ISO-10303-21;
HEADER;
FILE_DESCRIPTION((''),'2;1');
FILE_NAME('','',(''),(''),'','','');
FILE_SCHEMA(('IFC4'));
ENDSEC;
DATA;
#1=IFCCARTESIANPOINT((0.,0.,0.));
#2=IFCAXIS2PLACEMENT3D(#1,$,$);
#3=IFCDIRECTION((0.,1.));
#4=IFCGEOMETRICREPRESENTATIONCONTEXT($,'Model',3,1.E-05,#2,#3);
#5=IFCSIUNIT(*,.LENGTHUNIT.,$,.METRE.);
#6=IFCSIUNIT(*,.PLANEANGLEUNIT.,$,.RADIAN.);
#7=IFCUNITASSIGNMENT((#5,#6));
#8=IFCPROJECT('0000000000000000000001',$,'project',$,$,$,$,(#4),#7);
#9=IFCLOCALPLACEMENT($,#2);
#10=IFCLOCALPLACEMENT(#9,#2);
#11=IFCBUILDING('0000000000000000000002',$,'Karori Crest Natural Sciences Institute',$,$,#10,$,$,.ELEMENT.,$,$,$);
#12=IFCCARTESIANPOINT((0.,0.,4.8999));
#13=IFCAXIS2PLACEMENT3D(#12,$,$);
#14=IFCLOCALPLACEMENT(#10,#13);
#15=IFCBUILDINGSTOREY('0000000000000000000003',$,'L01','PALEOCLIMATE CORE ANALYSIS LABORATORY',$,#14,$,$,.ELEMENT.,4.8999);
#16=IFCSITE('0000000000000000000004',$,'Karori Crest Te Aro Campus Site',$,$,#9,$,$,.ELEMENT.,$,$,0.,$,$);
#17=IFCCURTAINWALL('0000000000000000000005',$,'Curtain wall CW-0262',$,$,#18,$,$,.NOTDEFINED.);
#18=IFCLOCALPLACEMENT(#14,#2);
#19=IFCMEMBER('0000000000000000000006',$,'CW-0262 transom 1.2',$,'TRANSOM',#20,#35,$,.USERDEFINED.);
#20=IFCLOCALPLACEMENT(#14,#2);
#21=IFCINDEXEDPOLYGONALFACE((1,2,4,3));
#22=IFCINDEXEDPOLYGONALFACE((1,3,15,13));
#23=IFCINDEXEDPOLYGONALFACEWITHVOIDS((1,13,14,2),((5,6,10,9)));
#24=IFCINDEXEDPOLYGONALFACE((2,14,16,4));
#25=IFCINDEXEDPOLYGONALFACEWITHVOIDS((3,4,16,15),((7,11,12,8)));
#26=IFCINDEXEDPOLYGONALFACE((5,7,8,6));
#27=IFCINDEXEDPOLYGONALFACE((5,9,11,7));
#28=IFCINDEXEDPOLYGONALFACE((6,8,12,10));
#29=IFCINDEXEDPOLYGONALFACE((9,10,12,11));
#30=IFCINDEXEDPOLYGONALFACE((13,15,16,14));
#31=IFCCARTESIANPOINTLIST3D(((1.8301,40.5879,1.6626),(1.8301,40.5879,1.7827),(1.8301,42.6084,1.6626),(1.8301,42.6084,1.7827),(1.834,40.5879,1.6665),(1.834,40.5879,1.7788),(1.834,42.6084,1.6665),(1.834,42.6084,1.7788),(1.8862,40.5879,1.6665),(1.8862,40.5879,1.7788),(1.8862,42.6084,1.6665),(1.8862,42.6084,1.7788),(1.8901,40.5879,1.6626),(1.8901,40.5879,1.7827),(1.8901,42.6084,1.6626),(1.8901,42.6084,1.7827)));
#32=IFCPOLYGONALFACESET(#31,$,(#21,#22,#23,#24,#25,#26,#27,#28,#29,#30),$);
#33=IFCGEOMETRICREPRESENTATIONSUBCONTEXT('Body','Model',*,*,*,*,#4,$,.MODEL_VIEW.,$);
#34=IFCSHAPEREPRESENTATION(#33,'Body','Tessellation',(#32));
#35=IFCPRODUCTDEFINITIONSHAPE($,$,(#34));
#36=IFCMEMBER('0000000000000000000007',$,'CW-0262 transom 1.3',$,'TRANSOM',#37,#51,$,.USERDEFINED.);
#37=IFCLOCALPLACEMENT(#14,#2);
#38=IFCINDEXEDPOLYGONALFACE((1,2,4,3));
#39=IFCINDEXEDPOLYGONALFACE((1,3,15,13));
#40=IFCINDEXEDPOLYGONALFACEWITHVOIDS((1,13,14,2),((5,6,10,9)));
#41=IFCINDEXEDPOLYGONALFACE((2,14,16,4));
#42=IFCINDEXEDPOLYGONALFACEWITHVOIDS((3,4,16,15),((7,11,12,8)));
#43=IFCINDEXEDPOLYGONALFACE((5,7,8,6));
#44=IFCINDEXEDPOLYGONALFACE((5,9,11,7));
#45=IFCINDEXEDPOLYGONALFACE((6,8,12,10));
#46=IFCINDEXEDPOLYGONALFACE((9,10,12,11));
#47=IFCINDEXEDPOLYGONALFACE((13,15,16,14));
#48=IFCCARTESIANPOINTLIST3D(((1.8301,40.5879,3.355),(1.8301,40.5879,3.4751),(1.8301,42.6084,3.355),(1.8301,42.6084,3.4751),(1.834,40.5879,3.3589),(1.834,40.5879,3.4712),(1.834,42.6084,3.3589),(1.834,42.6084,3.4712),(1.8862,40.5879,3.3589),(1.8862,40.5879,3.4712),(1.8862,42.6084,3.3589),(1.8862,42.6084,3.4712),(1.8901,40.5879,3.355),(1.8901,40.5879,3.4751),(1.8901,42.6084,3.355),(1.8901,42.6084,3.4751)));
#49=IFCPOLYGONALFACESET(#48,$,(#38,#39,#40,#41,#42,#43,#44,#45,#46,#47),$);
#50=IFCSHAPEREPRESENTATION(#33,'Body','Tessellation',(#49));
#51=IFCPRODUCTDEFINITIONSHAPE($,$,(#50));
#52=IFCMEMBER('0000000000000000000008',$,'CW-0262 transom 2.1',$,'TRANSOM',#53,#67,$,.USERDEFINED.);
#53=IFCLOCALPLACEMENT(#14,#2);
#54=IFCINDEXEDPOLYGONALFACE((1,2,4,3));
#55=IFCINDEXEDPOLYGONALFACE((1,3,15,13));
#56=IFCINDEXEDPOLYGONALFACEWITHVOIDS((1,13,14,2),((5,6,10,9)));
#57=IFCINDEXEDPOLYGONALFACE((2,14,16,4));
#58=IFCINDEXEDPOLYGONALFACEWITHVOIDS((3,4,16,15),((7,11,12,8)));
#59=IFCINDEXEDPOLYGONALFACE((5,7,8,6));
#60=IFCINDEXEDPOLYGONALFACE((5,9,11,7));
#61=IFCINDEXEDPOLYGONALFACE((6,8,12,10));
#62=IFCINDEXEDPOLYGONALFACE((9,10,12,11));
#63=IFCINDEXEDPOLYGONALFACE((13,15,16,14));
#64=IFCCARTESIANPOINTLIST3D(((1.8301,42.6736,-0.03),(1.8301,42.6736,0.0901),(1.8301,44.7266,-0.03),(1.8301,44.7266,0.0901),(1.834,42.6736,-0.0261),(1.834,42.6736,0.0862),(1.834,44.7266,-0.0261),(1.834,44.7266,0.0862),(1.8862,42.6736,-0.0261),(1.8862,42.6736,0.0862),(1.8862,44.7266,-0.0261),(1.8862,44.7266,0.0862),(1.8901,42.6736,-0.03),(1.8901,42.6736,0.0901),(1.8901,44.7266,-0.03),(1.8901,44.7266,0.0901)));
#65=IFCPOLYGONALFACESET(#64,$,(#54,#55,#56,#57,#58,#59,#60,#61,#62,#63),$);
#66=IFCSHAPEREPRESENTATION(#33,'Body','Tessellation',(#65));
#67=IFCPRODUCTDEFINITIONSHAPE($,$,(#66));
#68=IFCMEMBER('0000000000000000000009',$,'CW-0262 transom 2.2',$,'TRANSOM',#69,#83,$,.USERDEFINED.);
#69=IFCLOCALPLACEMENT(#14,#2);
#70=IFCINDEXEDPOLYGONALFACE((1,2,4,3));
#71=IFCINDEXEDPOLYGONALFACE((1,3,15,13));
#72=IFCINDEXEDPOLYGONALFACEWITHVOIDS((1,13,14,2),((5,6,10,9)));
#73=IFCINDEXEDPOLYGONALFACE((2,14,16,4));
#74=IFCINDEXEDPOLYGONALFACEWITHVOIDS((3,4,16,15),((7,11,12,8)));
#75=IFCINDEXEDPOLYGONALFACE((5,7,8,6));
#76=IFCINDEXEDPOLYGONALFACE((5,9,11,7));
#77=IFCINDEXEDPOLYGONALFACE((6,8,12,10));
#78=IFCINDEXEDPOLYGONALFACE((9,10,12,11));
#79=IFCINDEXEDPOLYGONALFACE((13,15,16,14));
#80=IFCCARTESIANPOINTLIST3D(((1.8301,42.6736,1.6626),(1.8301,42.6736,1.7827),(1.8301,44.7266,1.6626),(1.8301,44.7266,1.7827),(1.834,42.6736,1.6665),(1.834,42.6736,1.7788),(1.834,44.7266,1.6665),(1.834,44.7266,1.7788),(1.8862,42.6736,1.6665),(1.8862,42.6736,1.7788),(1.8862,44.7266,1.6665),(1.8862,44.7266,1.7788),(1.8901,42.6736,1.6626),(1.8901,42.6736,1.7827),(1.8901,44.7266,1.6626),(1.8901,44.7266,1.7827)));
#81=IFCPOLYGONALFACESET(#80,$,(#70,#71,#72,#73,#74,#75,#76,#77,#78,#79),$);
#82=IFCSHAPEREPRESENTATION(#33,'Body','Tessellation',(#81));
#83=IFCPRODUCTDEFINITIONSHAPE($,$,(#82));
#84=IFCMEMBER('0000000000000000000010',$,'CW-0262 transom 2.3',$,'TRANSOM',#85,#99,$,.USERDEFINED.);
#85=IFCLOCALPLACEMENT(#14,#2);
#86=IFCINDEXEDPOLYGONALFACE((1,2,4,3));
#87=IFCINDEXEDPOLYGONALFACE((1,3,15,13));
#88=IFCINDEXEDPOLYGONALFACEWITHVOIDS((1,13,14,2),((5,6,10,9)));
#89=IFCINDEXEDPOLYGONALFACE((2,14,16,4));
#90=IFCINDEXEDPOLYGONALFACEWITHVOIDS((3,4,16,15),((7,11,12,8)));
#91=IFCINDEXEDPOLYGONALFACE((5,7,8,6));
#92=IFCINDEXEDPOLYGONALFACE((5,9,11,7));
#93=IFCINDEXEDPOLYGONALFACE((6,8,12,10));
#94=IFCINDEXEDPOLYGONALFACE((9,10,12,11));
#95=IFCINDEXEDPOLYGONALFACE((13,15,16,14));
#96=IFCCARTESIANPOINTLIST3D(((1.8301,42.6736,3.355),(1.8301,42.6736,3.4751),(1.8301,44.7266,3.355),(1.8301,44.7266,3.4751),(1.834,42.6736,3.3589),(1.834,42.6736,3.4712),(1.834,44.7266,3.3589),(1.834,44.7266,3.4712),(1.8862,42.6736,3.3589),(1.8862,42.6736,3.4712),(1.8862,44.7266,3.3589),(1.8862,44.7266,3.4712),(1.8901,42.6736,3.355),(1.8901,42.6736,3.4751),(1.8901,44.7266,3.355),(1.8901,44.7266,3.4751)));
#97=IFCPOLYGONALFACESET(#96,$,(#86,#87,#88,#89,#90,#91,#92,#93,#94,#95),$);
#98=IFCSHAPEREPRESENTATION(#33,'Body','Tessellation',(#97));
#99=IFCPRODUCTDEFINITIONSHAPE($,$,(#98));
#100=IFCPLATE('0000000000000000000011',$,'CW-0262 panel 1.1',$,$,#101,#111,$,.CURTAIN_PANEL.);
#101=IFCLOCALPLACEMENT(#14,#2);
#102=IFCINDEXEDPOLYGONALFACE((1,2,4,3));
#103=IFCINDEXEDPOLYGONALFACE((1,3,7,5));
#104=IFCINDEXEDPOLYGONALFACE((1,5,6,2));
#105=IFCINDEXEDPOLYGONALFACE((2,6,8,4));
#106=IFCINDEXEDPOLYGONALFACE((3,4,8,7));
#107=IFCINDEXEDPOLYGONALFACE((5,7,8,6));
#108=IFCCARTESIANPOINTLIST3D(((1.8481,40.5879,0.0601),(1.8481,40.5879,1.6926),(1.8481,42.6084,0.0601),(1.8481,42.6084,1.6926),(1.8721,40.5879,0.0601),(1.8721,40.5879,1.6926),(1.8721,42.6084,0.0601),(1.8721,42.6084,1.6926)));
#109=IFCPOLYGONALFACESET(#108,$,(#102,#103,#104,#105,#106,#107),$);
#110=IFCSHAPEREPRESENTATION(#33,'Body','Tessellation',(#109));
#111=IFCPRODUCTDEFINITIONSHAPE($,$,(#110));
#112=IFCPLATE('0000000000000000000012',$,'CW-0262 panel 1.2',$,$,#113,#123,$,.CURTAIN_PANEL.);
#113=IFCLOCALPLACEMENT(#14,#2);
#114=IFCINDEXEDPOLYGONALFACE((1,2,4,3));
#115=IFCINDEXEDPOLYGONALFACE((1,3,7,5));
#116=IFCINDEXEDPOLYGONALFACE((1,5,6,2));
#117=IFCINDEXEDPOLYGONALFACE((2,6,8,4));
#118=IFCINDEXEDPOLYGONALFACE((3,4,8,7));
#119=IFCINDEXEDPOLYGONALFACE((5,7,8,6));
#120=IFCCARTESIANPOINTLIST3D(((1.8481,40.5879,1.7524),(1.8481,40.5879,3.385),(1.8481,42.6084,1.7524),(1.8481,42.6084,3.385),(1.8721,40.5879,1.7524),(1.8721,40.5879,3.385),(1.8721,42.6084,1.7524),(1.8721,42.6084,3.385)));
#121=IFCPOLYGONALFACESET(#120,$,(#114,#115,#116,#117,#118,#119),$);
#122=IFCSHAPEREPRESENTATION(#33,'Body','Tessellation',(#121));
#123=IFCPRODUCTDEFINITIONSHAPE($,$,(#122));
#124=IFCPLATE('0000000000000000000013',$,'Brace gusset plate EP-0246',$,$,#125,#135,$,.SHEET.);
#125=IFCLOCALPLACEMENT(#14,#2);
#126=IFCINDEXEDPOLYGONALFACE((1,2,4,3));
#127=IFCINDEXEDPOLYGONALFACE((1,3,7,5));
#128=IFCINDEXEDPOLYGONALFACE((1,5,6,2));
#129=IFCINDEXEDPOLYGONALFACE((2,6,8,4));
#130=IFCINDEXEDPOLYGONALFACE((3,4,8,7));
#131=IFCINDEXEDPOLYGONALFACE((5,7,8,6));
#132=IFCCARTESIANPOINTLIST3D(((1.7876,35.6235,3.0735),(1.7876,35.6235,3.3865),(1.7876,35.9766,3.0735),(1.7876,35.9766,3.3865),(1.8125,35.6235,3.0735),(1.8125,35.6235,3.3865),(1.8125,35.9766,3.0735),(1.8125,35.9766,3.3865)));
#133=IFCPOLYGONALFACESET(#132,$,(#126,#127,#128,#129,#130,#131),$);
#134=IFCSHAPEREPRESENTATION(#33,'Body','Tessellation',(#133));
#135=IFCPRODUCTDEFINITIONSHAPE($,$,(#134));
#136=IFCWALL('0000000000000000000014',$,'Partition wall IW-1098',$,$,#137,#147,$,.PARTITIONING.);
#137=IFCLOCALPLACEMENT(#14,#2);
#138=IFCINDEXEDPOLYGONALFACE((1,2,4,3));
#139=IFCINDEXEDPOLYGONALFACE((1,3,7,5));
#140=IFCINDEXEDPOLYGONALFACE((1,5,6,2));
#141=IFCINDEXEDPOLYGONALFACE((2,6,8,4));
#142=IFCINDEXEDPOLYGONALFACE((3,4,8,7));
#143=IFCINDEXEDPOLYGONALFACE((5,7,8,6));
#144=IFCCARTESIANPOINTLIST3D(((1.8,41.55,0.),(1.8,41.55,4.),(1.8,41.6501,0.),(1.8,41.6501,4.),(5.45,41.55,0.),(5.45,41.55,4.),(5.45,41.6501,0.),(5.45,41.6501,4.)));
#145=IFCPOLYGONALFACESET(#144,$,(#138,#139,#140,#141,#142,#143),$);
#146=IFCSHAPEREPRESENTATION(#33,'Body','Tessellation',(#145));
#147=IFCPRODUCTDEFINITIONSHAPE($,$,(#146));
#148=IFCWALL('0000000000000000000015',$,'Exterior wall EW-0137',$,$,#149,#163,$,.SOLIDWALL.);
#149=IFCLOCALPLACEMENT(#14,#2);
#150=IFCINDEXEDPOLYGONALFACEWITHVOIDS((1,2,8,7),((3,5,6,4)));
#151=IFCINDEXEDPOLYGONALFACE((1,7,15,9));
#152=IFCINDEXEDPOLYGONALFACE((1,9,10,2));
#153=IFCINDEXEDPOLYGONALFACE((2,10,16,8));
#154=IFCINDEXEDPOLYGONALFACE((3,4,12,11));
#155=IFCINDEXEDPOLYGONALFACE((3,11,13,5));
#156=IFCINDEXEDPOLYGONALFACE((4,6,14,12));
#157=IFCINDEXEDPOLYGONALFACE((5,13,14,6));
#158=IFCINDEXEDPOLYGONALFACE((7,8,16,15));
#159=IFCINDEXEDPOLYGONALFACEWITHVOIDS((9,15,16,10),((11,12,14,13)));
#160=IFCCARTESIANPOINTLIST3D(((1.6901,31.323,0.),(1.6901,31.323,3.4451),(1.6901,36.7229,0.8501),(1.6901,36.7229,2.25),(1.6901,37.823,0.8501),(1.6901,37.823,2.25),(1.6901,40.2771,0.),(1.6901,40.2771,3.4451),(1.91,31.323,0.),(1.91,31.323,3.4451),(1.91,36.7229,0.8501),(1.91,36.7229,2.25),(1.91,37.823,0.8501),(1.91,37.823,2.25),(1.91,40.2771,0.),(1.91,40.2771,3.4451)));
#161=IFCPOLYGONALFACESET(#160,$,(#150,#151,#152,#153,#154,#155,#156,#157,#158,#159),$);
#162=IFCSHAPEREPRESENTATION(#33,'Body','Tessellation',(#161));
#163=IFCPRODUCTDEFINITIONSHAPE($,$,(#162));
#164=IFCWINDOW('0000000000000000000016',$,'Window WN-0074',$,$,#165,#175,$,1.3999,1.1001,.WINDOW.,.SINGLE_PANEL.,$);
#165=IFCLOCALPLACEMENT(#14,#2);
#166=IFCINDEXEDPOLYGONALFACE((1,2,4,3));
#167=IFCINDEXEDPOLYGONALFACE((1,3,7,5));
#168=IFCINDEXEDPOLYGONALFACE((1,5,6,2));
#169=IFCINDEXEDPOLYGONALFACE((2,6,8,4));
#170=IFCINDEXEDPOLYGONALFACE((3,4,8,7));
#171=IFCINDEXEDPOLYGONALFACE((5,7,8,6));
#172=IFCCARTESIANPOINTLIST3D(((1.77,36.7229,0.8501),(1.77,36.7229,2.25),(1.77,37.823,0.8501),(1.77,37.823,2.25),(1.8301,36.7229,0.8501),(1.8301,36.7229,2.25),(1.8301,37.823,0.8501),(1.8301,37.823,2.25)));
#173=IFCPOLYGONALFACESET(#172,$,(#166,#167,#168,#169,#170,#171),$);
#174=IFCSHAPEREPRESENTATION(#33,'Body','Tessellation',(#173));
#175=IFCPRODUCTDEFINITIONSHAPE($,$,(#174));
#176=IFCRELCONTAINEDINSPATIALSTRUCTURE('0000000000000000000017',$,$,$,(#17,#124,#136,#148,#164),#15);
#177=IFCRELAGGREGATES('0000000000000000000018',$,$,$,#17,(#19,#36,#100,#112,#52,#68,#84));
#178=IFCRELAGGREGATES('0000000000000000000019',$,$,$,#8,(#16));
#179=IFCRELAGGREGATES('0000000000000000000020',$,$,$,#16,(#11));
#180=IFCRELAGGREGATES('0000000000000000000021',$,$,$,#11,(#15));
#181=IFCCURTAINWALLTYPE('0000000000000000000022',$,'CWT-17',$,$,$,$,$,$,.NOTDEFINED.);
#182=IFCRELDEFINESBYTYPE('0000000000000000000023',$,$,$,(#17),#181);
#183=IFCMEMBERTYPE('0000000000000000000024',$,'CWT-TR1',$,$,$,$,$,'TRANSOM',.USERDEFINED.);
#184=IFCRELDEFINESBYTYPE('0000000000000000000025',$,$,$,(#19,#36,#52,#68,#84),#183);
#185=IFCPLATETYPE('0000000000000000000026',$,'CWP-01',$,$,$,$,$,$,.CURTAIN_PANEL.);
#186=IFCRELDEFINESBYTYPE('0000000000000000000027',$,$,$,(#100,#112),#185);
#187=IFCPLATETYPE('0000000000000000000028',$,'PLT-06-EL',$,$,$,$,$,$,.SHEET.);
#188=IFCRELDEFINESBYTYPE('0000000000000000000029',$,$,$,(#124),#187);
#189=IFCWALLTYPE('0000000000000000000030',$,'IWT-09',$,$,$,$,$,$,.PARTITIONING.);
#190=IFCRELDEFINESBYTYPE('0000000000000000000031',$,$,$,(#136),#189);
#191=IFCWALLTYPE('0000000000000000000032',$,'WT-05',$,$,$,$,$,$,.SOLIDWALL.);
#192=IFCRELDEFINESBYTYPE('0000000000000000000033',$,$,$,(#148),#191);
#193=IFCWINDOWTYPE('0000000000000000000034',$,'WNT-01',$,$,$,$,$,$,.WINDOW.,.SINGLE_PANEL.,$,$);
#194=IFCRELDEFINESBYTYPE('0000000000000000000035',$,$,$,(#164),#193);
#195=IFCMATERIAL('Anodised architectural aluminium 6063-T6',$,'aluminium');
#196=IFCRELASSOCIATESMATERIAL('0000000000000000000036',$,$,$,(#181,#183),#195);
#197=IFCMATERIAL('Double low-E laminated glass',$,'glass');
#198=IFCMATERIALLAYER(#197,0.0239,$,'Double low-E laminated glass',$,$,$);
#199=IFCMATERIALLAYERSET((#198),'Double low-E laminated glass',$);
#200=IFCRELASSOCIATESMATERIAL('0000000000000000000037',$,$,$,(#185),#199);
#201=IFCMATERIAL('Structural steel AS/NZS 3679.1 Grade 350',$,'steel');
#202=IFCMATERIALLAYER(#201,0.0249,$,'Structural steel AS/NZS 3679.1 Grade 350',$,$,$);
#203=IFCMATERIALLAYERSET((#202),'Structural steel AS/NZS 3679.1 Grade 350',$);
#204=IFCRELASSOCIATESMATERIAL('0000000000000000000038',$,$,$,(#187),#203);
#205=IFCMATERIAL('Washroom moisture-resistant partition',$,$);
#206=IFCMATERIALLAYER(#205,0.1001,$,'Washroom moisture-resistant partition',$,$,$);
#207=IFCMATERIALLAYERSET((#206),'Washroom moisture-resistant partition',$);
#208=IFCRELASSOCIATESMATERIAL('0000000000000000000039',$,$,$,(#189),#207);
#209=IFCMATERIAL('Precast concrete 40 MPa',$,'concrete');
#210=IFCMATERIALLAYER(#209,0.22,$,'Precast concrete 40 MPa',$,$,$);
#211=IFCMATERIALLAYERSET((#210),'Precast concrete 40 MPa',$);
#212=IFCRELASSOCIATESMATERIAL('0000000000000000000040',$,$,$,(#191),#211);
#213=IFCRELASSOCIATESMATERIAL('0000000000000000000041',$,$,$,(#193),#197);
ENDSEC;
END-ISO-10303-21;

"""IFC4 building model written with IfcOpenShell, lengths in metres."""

from ifc_helpers import new_model, si_unit, direction, frame, frame_2d, origin, origin_2d, place, context, subcontext, project, spatial, rectangle, hollow_rectangle, extrude, material, layer, layer_set, material_profile, profile_set, type_object, element, fill, aggregate, save


model = new_model("IFC4")

# Units and contexts
model_context = context("Model", 3, precision=1e-05, world=origin(), true_north=direction((0.0, 1.0)))
body_context = subcontext(model_context, "Body", "Model", "MODEL_VIEW")
ifc_project = project(units=[si_unit("LENGTHUNIT", "METRE"), si_unit("PLANEANGLEUNIT", "RADIAN")], contexts=[model_context])

# Site, building, storey
site_placement = place(None, origin())
site = spatial("IfcSite", under=ifc_project, at=site_placement, Name="Karori Crest Te Aro Campus Site", CompositionType="ELEMENT", RefElevation=0.0)
building_placement = place(site_placement, origin())
building = spatial("IfcBuilding", under=site, at=building_placement, Name="Karori Crest Natural Sciences Institute", CompositionType="ELEMENT")
storey_placement = place(building_placement, frame((0.0, 0.0, 4.8999)))
storey = spatial("IfcBuildingStorey", under=building, at=storey_placement, Name="L01", Description="PALEOCLIMATE CORE ANALYSIS LABORATORY", CompositionType="ELEMENT", Elevation=4.8999)

# Shared definitions
ifc_material_1 = material(Name="Structural steel AS/NZS 3679.1 Grade 350", Category="steel")

# Curtain wall, members, plates
ifc_material_2 = material(Name="Anodised architectural aluminium 6063-T6", Category="aluminium")
curtain_wall_type = type_object("IfcCurtainWallType", Name="CWT-17", PredefinedType="NOTDEFINED", material=ifc_material_2)
curtain_wall_placement = place(storey_placement, origin())
curtain_wall = element("IfcCurtainWall", 1, at=curtain_wall_placement, inside=storey, type_object=curtain_wall_type, Name="Curtain wall CW-0262", PredefinedType="NOTDEFINED")
ifc_material_profile_1 = material_profile(ifc_material_2, hollow_rectangle(XDim=0.0601, YDim=0.1201, WallThickness=0.0039, at=origin_2d()), Name="CWT120x60x4")
ifc_profile_set_1 = profile_set([ifc_material_profile_1], Name="Anodised architectural aluminium 6063-T6")
member_type_1 = type_object("IfcMemberType", Name="CWT-TR1", ElementType="TRANSOM", PredefinedType="USERDEFINED", material=ifc_profile_set_1)
member_1_placement = place(storey_placement, frame((1.8601, 40.5879, 1.7227), z_axis=(0.0, 1.0, 0.0), x_axis=(-1.0, 0.0, 0.0)))
member_1 = element("IfcMember", 2, at=member_1_placement, type_object=member_type_1, Name="CW-0262 transom 1.2", ObjectType="TRANSOM", PredefinedType="USERDEFINED", context=body_context, shape_type="SweptSolid", body=[
    extrude(hollow_rectangle(XDim=0.0601, YDim=0.1201, WallThickness=0.0039, at=origin_2d()), origin(), (0.0, 0.0, 1.0), 2.0205),
])
member_2_placement = place(storey_placement, frame((1.8601, 40.5879, 3.415), z_axis=(0.0, 1.0, 0.0), x_axis=(-1.0, 0.0, 0.0)))
member_2 = element("IfcMember", 3, at=member_2_placement, type_object=member_type_1, Name="CW-0262 transom 1.3", ObjectType="TRANSOM", PredefinedType="USERDEFINED", context=body_context, shape_type="SweptSolid", body=[
    extrude(hollow_rectangle(XDim=0.0601, YDim=0.1201, WallThickness=0.0039, at=origin_2d()), origin(), (0.0, 0.0, 1.0), 2.0205),
])
member_3_placement = place(storey_placement, frame((1.8601, 42.6736, 0.03), z_axis=(0.0, 1.0, 0.0), x_axis=(-1.0, 0.0, 0.0)))
member_3 = element("IfcMember", 4, at=member_3_placement, type_object=member_type_1, Name="CW-0262 transom 2.1", ObjectType="TRANSOM", PredefinedType="USERDEFINED", context=body_context, shape_type="SweptSolid", body=[
    extrude(hollow_rectangle(XDim=0.0601, YDim=0.1201, WallThickness=0.0039, at=origin_2d()), origin(), (0.0, 0.0, 1.0), 2.053),
])
member_4_placement = place(storey_placement, frame((1.8601, 42.6736, 1.7227), z_axis=(0.0, 1.0, 0.0), x_axis=(-1.0, 0.0, 0.0)))
member_4 = element("IfcMember", 5, at=member_4_placement, type_object=member_type_1, Name="CW-0262 transom 2.2", ObjectType="TRANSOM", PredefinedType="USERDEFINED", context=body_context, shape_type="SweptSolid", body=[
    extrude(hollow_rectangle(XDim=0.0601, YDim=0.1201, WallThickness=0.0039, at=origin_2d()), origin(), (0.0, 0.0, 1.0), 2.053),
])
member_5_placement = place(storey_placement, frame((1.8601, 42.6736, 3.415), z_axis=(0.0, 1.0, 0.0), x_axis=(-1.0, 0.0, 0.0)))
member_5 = element("IfcMember", 6, at=member_5_placement, type_object=member_type_1, Name="CW-0262 transom 2.3", ObjectType="TRANSOM", PredefinedType="USERDEFINED", context=body_context, shape_type="SweptSolid", body=[
    extrude(hollow_rectangle(XDim=0.0601, YDim=0.1201, WallThickness=0.0039, at=origin_2d()), origin(), (0.0, 0.0, 1.0), 2.053),
])
ifc_material_3 = material(Name="Double low-E laminated glass", Category="glass")
ifc_layer_1 = layer(ifc_material_3, 0.0239, Name="Double low-E laminated glass")
ifc_layer_set_1 = layer_set([ifc_layer_1], Name="Double low-E laminated glass")
plate_type_1 = type_object("IfcPlateType", Name="CWP-01", PredefinedType="CURTAIN_PANEL", material=ifc_layer_set_1)
plate_1_placement = place(storey_placement, frame((1.8601, 41.5981, 0.0601), z_axis=(0.0, 0.0, 1.0), x_axis=(0.0, 1.0, 0.0)))
plate_1 = element("IfcPlate", 7, at=plate_1_placement, type_object=plate_type_1, Name="CW-0262 panel 1.1", PredefinedType="CURTAIN_PANEL", context=body_context, shape_type="SweptSolid", body=[
    extrude(rectangle(XDim=2.0205, YDim=0.0239, at=origin_2d()), origin(), (0.0, 0.0, 1.0), 1.6326),
])
plate_2_placement = place(storey_placement, frame((1.8601, 41.5981, 1.7524), z_axis=(0.0, 0.0, 1.0), x_axis=(0.0, 1.0, 0.0)))
plate_2 = element("IfcPlate", 8, at=plate_2_placement, type_object=plate_type_1, Name="CW-0262 panel 1.2", PredefinedType="CURTAIN_PANEL", context=body_context, shape_type="SweptSolid", body=[
    extrude(rectangle(XDim=2.0205, YDim=0.0239, at=origin_2d()), origin(), (0.0, 0.0, 1.0), 1.6326),
])
aggregate(curtain_wall, [member_1, member_2, plate_1, plate_2, member_3, member_4, member_5])

# Plate
ifc_layer_2 = layer(ifc_material_1, 0.0249, Name="Structural steel AS/NZS 3679.1 Grade 350")
ifc_layer_set_2 = layer_set([ifc_layer_2], Name="Structural steel AS/NZS 3679.1 Grade 350")
plate_type_2 = type_object("IfcPlateType", Name="PLT-06-EL", PredefinedType="SHEET", material=ifc_layer_set_2)
plate_3_placement = place(storey_placement, frame((1.8, 35.8, 3.0735), z_axis=(0.0, 0.0, 1.0), x_axis=(0.0, 1.0, 0.0)))
element("IfcPlate", 9, at=plate_3_placement, inside=storey, type_object=plate_type_2, Name="Brace gusset plate EP-0246", PredefinedType="SHEET", context=body_context, shape_type="SweptSolid", body=[
    extrude(rectangle(XDim=0.353, YDim=0.0249, at=origin_2d()), origin(), (0.0, 0.0, 1.0), 0.313),
])

# Wall
ifc_material_4 = material(Name="Washroom moisture-resistant partition")
ifc_layer_3 = layer(ifc_material_4, 0.1001, Name="Washroom moisture-resistant partition")
ifc_layer_set_3 = layer_set([ifc_layer_3], Name="Washroom moisture-resistant partition")
wall_type_1 = type_object("IfcWallType", Name="IWT-09", PredefinedType="PARTITIONING", material=ifc_layer_set_3)
wall_1_placement = place(storey_placement, frame((1.8, 41.6001, 0.0), z_axis=(0.0, 0.0, 1.0), x_axis=(1.0, 0.0, 0.0)))
element("IfcWall", 10, at=wall_1_placement, inside=storey, type_object=wall_type_1, Name="Partition wall IW-1098", PredefinedType="PARTITIONING", context=body_context, shape_type="SweptSolid", body=[
    extrude(rectangle(XDim=3.6499, YDim=0.1001, at=frame_2d((1.825, 0.0))), origin(), (0.0, 0.0, 1.0), 4.0),
])

# Wall, opening, window
ifc_material_5 = material(Name="Precast concrete 40 MPa", Category="concrete")
ifc_layer_4 = layer(ifc_material_5, 0.22, Name="Precast concrete 40 MPa")
ifc_layer_set_4 = layer_set([ifc_layer_4], Name="Precast concrete 40 MPa")
wall_type_2 = type_object("IfcWallType", Name="WT-05", PredefinedType="SOLIDWALL", material=ifc_layer_set_4)
wall_2_placement = place(storey_placement, frame((1.8, 31.323, 0.0), z_axis=(0.0, 0.0, 1.0), x_axis=(0.0, 1.0, 0.0)))
wall_2 = element("IfcWall", 11, at=wall_2_placement, inside=storey, type_object=wall_type_2, Name="Exterior wall EW-0137", PredefinedType="SOLIDWALL", context=body_context, shape_type="SweptSolid", body=[
    extrude(rectangle(XDim=8.9541, YDim=0.22, at=frame_2d((4.4771, 0.0))), origin(), (0.0, 0.0, 1.0), 3.4451),
])
opening_placement = place(wall_2_placement, frame((5.3999, 0.0, 0.8501)))
opening = element("IfcOpeningElement", 12, at=opening_placement, cuts=wall_2, PredefinedType="OPENING", context=body_context, shape_type="SweptSolid", body=[
    extrude(rectangle(XDim=1.1001, YDim=1.3999, at=frame_2d((0.55, 0.7))), frame((0.0, 0.1201, 0.0), z_axis=(0.0, -1.0, 0.0), x_axis=(1.0, 0.0, 0.0)), (0.0, 0.0, 1.0), 0.24),
])
window_type = type_object("IfcWindowType", Name="WNT-01", PartitioningType="SINGLE_PANEL", PredefinedType="WINDOW", material=ifc_material_3)
window_placement = place(opening_placement, origin())
window = element("IfcWindow", 13, at=window_placement, inside=storey, type_object=window_type, Name="Window WN-0074", OverallHeight=1.3999, OverallWidth=1.1001, PartitioningType="SINGLE_PANEL", PredefinedType="WINDOW", context=body_context, shape_type="SweptSolid", body=[
    extrude(rectangle(XDim=1.1001, YDim=1.3999, at=frame_2d((0.55, 0.7))), frame((0.0, 0.03, 0.0), z_axis=(0.0, -1.0, 0.0), x_axis=(1.0, 0.0, 0.0)), (0.0, 0.0, 1.0), 0.0601),
])
fill(opening, window)

save(model, "model.ifc")
